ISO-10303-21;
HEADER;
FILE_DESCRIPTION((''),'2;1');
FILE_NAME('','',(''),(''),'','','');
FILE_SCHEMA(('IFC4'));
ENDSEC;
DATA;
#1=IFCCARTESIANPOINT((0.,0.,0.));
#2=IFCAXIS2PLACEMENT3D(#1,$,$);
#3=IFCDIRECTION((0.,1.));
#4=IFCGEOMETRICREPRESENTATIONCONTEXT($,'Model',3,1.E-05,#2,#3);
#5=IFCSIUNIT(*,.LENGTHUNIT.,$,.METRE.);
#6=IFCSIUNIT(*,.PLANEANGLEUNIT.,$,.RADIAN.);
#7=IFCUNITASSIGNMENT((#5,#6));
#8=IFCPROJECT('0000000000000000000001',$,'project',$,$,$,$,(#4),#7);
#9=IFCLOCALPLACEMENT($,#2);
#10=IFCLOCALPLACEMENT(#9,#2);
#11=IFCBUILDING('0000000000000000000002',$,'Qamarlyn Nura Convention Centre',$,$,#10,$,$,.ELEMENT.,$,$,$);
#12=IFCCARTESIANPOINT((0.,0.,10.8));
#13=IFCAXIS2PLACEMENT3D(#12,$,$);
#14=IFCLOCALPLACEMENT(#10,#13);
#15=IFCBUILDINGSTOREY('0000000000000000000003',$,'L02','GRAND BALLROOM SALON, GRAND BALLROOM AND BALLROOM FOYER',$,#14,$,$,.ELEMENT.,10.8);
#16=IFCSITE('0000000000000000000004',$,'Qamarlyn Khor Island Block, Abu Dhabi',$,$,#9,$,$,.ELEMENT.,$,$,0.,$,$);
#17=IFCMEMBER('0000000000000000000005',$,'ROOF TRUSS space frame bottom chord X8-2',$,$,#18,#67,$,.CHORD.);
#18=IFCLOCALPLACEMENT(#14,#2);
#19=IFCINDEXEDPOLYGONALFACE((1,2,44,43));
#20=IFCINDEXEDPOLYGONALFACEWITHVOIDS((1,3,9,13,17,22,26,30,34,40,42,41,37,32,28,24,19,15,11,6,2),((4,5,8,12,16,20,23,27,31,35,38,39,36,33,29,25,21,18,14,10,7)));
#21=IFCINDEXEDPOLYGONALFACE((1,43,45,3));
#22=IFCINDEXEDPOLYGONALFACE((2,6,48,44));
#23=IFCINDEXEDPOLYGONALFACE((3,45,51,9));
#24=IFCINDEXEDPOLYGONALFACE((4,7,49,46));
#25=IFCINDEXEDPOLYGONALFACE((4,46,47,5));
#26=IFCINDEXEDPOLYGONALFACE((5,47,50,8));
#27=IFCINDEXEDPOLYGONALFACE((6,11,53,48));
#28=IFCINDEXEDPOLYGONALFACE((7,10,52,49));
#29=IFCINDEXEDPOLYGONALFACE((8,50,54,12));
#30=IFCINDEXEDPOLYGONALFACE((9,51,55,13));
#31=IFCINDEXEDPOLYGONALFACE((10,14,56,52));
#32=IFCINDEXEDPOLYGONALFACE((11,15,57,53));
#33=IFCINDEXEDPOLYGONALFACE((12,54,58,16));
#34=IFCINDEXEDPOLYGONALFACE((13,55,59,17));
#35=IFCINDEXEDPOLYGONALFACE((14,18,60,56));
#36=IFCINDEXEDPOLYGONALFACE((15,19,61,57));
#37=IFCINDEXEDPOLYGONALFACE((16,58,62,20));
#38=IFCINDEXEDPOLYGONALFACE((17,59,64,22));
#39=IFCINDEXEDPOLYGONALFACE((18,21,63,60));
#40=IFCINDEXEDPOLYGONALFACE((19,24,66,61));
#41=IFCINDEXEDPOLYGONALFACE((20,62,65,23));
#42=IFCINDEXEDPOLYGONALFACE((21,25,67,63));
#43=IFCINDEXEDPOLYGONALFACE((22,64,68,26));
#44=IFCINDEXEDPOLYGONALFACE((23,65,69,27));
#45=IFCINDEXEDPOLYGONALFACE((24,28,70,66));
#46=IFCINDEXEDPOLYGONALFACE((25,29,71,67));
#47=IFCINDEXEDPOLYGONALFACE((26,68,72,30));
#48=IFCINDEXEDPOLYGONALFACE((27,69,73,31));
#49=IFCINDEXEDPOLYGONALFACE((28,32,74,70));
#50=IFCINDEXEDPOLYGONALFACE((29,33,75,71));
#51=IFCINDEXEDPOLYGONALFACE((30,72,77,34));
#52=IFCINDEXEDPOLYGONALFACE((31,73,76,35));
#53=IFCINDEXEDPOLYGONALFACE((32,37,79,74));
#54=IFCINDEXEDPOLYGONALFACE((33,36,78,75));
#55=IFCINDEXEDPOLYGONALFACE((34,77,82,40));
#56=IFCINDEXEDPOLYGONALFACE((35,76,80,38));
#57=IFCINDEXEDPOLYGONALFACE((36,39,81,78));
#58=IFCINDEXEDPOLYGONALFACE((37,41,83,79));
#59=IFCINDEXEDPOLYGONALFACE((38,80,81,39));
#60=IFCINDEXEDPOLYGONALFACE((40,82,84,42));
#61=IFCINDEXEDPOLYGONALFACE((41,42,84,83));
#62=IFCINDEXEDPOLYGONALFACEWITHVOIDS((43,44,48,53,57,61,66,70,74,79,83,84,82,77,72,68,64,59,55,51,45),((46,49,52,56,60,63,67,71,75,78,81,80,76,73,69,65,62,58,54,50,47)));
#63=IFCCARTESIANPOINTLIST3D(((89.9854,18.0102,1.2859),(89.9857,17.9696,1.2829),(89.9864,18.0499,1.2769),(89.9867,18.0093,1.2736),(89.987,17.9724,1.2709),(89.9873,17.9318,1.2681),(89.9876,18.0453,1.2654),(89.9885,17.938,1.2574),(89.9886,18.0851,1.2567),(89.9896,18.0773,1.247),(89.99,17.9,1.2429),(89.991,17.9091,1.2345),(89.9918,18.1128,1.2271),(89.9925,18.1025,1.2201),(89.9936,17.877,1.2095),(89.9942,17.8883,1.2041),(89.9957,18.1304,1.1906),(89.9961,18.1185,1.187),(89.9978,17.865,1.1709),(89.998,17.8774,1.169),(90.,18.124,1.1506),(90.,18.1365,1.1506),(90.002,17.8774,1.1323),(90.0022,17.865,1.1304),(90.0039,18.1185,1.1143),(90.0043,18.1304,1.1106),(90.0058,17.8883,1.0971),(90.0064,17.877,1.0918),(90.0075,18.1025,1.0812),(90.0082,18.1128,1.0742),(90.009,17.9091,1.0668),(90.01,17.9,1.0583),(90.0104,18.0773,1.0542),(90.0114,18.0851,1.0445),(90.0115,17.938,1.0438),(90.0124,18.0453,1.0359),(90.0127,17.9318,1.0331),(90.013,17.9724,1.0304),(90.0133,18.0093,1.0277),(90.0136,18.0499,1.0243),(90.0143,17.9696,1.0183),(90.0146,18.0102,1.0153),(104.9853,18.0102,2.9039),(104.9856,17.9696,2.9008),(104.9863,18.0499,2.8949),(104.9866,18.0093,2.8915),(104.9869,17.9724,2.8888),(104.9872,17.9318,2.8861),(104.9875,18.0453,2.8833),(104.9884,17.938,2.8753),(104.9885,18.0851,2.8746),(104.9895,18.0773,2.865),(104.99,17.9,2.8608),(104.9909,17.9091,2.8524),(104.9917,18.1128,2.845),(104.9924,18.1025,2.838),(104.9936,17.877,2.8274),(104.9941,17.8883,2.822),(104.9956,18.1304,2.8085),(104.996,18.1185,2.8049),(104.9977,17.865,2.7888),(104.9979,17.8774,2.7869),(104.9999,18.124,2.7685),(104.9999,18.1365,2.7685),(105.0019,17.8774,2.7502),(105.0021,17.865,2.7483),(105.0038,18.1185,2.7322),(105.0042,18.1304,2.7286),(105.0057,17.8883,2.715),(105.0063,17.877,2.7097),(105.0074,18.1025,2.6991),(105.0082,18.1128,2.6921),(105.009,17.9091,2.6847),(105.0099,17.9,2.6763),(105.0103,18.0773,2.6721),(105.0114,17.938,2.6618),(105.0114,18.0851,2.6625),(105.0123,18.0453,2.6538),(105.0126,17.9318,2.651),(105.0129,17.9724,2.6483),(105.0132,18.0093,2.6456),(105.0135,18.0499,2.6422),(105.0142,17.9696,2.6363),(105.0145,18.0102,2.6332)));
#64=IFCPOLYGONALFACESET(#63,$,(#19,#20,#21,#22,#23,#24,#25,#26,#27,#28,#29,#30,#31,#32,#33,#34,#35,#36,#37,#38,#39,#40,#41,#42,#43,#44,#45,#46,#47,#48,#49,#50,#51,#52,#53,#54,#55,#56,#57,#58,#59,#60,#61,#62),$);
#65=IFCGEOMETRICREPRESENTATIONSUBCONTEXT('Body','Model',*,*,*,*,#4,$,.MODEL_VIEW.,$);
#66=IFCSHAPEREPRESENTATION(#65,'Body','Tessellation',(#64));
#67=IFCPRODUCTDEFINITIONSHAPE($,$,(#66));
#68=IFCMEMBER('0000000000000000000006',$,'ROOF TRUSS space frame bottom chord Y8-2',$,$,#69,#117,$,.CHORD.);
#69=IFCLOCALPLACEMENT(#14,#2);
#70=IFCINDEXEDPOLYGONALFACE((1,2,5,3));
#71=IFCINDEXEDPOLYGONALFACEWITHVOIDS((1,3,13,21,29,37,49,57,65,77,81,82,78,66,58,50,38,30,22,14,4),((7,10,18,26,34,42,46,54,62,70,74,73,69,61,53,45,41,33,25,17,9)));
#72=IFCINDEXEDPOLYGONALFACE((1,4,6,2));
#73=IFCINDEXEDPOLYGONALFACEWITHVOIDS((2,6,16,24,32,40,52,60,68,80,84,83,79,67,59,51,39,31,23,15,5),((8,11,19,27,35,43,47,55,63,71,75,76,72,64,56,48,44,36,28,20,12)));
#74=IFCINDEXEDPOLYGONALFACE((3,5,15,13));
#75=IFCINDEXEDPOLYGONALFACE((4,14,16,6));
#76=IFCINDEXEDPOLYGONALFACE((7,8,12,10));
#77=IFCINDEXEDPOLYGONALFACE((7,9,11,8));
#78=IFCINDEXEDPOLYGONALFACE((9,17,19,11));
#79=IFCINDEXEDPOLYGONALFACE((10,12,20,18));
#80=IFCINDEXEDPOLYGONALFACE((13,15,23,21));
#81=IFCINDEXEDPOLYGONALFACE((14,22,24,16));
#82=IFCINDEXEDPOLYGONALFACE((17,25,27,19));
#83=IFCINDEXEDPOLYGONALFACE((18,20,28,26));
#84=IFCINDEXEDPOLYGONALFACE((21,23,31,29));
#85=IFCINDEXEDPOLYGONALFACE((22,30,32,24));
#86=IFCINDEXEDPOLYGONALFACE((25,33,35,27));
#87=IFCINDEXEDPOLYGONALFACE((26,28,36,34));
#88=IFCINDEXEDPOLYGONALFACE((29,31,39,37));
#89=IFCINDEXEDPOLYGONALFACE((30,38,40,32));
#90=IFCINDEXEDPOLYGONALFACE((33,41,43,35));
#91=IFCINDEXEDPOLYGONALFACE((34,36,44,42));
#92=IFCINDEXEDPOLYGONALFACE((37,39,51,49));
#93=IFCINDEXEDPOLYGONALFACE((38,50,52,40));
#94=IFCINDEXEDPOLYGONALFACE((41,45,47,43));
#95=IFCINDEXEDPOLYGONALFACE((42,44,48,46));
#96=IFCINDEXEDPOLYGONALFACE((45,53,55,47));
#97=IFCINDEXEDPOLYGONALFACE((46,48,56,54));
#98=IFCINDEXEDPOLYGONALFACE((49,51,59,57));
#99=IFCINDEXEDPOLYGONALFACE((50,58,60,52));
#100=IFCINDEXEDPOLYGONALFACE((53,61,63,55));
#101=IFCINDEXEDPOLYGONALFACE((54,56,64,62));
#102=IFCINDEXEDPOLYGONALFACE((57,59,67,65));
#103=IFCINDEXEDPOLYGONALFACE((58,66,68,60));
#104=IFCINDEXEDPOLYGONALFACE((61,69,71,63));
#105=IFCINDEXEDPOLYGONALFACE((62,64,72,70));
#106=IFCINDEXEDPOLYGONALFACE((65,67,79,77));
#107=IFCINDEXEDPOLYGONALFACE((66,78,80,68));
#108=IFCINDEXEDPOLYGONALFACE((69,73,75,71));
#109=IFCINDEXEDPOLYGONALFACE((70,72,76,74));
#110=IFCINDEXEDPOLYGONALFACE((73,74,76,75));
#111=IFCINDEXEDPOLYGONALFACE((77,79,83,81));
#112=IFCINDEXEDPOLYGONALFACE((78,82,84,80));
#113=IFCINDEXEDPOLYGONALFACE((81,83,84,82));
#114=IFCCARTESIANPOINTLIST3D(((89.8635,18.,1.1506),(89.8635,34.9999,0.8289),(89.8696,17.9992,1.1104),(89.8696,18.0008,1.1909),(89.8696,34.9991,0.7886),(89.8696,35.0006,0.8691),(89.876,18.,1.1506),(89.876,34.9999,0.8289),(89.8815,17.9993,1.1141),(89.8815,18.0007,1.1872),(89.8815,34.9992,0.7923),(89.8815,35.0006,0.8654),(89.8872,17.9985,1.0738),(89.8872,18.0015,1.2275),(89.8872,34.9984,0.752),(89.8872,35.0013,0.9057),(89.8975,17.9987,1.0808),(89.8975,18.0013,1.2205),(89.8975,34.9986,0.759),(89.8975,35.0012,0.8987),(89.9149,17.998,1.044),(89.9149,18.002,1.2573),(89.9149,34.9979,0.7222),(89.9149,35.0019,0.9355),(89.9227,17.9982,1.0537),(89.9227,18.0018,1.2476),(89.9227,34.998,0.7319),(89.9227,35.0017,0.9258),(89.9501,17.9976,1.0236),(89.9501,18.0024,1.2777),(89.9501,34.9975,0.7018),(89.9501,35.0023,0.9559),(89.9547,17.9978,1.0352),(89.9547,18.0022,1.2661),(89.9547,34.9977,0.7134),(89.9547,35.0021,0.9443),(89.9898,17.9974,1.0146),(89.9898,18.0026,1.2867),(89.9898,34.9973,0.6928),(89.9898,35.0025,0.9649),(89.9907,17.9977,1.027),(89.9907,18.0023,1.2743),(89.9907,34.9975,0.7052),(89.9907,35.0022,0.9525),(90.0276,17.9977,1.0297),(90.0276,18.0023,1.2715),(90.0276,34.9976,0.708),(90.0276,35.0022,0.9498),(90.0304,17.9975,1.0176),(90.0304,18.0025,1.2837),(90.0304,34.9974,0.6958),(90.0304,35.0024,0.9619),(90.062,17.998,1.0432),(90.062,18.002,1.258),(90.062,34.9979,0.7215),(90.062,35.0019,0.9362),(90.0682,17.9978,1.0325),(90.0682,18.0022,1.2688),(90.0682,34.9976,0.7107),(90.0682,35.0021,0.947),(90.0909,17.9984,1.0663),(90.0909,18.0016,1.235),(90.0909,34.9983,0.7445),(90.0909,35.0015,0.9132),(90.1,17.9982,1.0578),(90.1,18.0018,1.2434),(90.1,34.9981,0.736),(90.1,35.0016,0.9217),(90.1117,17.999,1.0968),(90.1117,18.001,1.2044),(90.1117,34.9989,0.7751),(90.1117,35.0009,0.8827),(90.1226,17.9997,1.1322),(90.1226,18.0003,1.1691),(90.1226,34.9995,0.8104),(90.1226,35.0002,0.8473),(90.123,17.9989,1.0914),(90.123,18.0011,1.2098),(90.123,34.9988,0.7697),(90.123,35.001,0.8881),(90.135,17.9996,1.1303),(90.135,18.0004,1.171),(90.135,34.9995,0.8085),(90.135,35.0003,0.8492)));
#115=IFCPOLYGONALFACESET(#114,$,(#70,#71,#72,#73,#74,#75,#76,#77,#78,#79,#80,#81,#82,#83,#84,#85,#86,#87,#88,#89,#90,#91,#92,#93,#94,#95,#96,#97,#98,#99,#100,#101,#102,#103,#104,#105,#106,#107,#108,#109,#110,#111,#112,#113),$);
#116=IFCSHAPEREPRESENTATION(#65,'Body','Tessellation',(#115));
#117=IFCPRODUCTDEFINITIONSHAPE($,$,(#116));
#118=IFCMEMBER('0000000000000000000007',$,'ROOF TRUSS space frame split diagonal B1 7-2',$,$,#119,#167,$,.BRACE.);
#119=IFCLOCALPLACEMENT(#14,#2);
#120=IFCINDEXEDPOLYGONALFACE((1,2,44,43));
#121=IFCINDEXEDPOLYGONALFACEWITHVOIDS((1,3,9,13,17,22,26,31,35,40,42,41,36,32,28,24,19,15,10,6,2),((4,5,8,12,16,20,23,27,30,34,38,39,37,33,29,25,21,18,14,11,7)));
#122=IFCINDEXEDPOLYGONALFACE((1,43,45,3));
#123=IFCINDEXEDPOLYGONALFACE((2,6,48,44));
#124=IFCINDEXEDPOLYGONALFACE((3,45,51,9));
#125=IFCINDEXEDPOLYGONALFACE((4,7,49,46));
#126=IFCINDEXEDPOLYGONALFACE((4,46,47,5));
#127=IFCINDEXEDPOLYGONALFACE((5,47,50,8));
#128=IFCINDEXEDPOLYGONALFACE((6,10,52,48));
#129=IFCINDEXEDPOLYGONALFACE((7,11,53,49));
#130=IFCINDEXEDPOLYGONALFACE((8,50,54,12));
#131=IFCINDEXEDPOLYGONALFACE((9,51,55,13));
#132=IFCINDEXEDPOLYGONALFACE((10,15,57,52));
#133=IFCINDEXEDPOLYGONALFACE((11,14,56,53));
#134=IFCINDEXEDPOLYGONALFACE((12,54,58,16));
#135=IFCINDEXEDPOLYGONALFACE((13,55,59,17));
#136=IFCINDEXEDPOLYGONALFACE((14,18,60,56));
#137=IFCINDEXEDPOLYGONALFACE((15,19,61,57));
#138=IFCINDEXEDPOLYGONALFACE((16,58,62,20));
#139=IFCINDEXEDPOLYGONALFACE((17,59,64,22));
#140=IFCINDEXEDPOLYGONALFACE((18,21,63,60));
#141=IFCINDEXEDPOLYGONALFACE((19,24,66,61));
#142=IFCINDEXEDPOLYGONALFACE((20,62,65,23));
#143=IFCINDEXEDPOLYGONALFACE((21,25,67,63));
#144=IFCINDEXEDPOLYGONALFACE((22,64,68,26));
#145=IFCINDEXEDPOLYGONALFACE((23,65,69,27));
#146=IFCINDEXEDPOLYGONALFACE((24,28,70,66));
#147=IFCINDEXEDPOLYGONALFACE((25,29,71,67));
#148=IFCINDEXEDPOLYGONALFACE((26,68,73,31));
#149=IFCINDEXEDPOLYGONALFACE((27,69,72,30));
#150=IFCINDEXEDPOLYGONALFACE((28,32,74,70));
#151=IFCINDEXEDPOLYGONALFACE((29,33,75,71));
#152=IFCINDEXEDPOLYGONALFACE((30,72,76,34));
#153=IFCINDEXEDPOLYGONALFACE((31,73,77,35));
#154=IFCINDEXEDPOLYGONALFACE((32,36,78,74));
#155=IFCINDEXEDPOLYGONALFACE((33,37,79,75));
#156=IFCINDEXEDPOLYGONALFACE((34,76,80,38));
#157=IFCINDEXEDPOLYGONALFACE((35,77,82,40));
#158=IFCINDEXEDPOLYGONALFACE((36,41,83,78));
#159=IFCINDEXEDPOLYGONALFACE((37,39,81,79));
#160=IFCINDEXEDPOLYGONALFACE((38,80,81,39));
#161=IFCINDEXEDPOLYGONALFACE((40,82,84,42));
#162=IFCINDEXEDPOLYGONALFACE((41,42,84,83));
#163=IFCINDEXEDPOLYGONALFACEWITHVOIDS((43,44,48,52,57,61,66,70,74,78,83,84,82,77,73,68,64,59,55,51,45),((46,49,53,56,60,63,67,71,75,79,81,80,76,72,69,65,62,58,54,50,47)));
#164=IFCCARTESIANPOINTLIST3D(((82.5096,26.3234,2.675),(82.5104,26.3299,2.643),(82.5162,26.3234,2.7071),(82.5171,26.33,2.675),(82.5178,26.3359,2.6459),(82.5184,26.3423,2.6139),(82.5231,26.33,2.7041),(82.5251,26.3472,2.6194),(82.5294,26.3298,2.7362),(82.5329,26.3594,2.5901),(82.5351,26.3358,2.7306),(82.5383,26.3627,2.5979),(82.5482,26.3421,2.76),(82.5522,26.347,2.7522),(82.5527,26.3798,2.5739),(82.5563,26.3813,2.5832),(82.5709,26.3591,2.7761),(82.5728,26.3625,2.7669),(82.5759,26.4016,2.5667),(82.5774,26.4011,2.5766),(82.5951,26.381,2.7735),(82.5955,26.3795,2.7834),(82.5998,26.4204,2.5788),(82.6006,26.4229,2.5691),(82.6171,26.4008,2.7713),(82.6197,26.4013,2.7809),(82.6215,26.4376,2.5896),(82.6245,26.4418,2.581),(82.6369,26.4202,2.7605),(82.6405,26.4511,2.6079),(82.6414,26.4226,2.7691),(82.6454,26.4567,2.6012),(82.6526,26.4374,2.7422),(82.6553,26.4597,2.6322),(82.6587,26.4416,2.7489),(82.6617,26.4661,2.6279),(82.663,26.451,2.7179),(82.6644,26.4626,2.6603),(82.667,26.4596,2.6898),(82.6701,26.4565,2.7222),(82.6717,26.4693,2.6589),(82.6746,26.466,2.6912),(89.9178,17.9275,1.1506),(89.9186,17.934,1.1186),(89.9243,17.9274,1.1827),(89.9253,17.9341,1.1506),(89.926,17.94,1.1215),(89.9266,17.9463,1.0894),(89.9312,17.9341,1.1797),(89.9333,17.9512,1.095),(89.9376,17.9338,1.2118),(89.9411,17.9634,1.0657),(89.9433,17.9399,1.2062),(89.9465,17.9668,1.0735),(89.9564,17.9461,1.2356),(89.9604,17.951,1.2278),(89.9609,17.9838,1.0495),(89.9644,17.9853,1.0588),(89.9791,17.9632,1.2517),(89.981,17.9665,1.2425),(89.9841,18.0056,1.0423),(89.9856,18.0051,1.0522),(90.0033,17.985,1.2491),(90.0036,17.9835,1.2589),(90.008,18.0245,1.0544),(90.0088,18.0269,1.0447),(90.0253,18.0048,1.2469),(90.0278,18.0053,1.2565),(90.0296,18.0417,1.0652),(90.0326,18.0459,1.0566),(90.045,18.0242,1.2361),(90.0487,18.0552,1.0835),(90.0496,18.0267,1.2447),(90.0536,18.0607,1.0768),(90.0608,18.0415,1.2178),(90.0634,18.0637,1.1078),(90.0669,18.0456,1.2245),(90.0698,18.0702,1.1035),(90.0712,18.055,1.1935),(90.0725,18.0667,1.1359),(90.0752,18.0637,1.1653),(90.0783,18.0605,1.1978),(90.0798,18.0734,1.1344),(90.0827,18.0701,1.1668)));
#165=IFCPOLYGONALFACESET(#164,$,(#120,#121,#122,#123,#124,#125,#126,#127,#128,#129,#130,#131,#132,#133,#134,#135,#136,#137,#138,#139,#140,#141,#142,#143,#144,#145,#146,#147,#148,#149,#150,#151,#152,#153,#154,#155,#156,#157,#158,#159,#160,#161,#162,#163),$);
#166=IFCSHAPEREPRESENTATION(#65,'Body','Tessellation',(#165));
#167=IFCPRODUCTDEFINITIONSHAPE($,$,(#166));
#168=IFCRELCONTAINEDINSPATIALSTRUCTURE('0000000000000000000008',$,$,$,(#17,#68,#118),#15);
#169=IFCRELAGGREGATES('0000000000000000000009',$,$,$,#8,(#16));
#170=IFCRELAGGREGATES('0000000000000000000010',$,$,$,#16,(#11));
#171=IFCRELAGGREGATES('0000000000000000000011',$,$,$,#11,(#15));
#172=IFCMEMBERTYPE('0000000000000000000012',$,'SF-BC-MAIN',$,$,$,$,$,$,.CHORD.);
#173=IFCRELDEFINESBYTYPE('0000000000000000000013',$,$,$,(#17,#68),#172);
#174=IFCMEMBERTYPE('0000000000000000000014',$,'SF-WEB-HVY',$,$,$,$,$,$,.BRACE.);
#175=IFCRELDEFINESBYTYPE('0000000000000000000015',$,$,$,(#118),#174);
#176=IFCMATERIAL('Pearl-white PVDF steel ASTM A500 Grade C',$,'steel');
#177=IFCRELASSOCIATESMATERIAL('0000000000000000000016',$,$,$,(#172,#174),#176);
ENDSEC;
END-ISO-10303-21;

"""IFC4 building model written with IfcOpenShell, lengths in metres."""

from ifc_helpers import new_model, si_unit, direction, frame, origin, origin_2d, place, context, subcontext, project, spatial, hollow_circle, extrude, material, material_profile, profile_set, type_object, element, save


model = new_model("IFC4")

# Units and contexts
model_context = context("Model", 3, precision=1e-05, world=origin(), true_north=direction((0.0, 1.0)))
body_context = subcontext(model_context, "Body", "Model", "MODEL_VIEW")
ifc_project = project(units=[si_unit("LENGTHUNIT", "METRE"), si_unit("PLANEANGLEUNIT", "RADIAN")], contexts=[model_context])

# Site, building, storey
site_placement = place(None, origin())
site = spatial("IfcSite", under=ifc_project, at=site_placement, Name="Qamarlyn Khor Island Block, Abu Dhabi", CompositionType="ELEMENT", RefElevation=0.0)
building_placement = place(site_placement, origin())
building = spatial("IfcBuilding", under=site, at=building_placement, Name="Qamarlyn Nura Convention Centre", CompositionType="ELEMENT")
storey_placement = place(building_placement, frame((0.0, 0.0, 10.8)))
storey = spatial("IfcBuildingStorey", under=building, at=storey_placement, Name="L02", Description="GRAND BALLROOM SALON, GRAND BALLROOM AND BALLROOM FOYER", CompositionType="ELEMENT", Elevation=10.8)

# Shared definitions
ifc_material_1 = material(Name="Pearl-white PVDF steel ASTM A500 Grade C", Category="steel")

# Members
ifc_material_profile_1 = material_profile(ifc_material_1, hollow_circle(Radius=0.1365, WallThickness=0.0125, at=origin_2d()), Name="CHS273X12.5")
ifc_profile_set_1 = profile_set([ifc_material_profile_1], Name="Pearl-white PVDF steel ASTM A500 Grade C")
member_type_1 = type_object("IfcMemberType", Name="SF-BC-MAIN", PredefinedType="CHORD", material=ifc_profile_set_1)
member_1_placement = place(storey_placement, frame((90.0, 18.0, 1.1506), z_axis=(0.994233, 0.0, 0.107239), x_axis=(0.0, 1.0, 0.0)))
element("IfcMember", 1, at=member_1_placement, inside=storey, type_object=member_type_1, Name="ROOF TRUSS space frame bottom chord X8-2", PredefinedType="CHORD", context=body_context, shape_type="SweptSolid", body=[
    extrude(hollow_circle(Radius=0.1365, WallThickness=0.0125, at=origin_2d()), origin(), (0.0, 0.0, 1.0), 15.0869),
])
member_2_placement = place(storey_placement, frame((90.0, 18.0, 1.1506), z_axis=(0.0, 0.999821, -0.018925), x_axis=(-1.0, 0.0, 0.0)))
element("IfcMember", 2, at=member_2_placement, inside=storey, type_object=member_type_1, Name="ROOF TRUSS space frame bottom chord Y8-2", PredefinedType="CHORD", context=body_context, shape_type="SweptSolid", body=[
    extrude(hollow_circle(Radius=0.1365, WallThickness=0.0125, at=origin_2d()), origin(), (0.0, 0.0, 1.0), 17.0029),
])
ifc_material_profile_2 = material_profile(ifc_material_1, hollow_circle(Radius=0.1096, WallThickness=0.01, at=origin_2d()), Name="CHS219.1X10")
ifc_profile_set_2 = profile_set([ifc_material_profile_2], Name="Pearl-white PVDF steel ASTM A500 Grade C")
member_type_2 = type_object("IfcMemberType", Name="SF-WEB-HVY", PredefinedType="BRACE", material=ifc_profile_set_2)
member_3_placement = place(storey_placement, frame((90.0, 18.0, 1.1506), z_axis=(-0.655573, 0.742985, 0.1349), x_axis=(-0.749839, -0.66162, 0.0)))
element("IfcMember", 3, at=member_3_placement, inside=storey, type_object=member_type_2, Name="ROOF TRUSS space frame split diagonal B1 7-2", PredefinedType="BRACE", context=body_context, shape_type="SweptSolid", body=[
    extrude(hollow_circle(Radius=0.1096, WallThickness=0.01, at=origin_2d()), origin(), (0.0, 0.0, 1.0), 11.3003),
])

save(model, "model.ifc")
